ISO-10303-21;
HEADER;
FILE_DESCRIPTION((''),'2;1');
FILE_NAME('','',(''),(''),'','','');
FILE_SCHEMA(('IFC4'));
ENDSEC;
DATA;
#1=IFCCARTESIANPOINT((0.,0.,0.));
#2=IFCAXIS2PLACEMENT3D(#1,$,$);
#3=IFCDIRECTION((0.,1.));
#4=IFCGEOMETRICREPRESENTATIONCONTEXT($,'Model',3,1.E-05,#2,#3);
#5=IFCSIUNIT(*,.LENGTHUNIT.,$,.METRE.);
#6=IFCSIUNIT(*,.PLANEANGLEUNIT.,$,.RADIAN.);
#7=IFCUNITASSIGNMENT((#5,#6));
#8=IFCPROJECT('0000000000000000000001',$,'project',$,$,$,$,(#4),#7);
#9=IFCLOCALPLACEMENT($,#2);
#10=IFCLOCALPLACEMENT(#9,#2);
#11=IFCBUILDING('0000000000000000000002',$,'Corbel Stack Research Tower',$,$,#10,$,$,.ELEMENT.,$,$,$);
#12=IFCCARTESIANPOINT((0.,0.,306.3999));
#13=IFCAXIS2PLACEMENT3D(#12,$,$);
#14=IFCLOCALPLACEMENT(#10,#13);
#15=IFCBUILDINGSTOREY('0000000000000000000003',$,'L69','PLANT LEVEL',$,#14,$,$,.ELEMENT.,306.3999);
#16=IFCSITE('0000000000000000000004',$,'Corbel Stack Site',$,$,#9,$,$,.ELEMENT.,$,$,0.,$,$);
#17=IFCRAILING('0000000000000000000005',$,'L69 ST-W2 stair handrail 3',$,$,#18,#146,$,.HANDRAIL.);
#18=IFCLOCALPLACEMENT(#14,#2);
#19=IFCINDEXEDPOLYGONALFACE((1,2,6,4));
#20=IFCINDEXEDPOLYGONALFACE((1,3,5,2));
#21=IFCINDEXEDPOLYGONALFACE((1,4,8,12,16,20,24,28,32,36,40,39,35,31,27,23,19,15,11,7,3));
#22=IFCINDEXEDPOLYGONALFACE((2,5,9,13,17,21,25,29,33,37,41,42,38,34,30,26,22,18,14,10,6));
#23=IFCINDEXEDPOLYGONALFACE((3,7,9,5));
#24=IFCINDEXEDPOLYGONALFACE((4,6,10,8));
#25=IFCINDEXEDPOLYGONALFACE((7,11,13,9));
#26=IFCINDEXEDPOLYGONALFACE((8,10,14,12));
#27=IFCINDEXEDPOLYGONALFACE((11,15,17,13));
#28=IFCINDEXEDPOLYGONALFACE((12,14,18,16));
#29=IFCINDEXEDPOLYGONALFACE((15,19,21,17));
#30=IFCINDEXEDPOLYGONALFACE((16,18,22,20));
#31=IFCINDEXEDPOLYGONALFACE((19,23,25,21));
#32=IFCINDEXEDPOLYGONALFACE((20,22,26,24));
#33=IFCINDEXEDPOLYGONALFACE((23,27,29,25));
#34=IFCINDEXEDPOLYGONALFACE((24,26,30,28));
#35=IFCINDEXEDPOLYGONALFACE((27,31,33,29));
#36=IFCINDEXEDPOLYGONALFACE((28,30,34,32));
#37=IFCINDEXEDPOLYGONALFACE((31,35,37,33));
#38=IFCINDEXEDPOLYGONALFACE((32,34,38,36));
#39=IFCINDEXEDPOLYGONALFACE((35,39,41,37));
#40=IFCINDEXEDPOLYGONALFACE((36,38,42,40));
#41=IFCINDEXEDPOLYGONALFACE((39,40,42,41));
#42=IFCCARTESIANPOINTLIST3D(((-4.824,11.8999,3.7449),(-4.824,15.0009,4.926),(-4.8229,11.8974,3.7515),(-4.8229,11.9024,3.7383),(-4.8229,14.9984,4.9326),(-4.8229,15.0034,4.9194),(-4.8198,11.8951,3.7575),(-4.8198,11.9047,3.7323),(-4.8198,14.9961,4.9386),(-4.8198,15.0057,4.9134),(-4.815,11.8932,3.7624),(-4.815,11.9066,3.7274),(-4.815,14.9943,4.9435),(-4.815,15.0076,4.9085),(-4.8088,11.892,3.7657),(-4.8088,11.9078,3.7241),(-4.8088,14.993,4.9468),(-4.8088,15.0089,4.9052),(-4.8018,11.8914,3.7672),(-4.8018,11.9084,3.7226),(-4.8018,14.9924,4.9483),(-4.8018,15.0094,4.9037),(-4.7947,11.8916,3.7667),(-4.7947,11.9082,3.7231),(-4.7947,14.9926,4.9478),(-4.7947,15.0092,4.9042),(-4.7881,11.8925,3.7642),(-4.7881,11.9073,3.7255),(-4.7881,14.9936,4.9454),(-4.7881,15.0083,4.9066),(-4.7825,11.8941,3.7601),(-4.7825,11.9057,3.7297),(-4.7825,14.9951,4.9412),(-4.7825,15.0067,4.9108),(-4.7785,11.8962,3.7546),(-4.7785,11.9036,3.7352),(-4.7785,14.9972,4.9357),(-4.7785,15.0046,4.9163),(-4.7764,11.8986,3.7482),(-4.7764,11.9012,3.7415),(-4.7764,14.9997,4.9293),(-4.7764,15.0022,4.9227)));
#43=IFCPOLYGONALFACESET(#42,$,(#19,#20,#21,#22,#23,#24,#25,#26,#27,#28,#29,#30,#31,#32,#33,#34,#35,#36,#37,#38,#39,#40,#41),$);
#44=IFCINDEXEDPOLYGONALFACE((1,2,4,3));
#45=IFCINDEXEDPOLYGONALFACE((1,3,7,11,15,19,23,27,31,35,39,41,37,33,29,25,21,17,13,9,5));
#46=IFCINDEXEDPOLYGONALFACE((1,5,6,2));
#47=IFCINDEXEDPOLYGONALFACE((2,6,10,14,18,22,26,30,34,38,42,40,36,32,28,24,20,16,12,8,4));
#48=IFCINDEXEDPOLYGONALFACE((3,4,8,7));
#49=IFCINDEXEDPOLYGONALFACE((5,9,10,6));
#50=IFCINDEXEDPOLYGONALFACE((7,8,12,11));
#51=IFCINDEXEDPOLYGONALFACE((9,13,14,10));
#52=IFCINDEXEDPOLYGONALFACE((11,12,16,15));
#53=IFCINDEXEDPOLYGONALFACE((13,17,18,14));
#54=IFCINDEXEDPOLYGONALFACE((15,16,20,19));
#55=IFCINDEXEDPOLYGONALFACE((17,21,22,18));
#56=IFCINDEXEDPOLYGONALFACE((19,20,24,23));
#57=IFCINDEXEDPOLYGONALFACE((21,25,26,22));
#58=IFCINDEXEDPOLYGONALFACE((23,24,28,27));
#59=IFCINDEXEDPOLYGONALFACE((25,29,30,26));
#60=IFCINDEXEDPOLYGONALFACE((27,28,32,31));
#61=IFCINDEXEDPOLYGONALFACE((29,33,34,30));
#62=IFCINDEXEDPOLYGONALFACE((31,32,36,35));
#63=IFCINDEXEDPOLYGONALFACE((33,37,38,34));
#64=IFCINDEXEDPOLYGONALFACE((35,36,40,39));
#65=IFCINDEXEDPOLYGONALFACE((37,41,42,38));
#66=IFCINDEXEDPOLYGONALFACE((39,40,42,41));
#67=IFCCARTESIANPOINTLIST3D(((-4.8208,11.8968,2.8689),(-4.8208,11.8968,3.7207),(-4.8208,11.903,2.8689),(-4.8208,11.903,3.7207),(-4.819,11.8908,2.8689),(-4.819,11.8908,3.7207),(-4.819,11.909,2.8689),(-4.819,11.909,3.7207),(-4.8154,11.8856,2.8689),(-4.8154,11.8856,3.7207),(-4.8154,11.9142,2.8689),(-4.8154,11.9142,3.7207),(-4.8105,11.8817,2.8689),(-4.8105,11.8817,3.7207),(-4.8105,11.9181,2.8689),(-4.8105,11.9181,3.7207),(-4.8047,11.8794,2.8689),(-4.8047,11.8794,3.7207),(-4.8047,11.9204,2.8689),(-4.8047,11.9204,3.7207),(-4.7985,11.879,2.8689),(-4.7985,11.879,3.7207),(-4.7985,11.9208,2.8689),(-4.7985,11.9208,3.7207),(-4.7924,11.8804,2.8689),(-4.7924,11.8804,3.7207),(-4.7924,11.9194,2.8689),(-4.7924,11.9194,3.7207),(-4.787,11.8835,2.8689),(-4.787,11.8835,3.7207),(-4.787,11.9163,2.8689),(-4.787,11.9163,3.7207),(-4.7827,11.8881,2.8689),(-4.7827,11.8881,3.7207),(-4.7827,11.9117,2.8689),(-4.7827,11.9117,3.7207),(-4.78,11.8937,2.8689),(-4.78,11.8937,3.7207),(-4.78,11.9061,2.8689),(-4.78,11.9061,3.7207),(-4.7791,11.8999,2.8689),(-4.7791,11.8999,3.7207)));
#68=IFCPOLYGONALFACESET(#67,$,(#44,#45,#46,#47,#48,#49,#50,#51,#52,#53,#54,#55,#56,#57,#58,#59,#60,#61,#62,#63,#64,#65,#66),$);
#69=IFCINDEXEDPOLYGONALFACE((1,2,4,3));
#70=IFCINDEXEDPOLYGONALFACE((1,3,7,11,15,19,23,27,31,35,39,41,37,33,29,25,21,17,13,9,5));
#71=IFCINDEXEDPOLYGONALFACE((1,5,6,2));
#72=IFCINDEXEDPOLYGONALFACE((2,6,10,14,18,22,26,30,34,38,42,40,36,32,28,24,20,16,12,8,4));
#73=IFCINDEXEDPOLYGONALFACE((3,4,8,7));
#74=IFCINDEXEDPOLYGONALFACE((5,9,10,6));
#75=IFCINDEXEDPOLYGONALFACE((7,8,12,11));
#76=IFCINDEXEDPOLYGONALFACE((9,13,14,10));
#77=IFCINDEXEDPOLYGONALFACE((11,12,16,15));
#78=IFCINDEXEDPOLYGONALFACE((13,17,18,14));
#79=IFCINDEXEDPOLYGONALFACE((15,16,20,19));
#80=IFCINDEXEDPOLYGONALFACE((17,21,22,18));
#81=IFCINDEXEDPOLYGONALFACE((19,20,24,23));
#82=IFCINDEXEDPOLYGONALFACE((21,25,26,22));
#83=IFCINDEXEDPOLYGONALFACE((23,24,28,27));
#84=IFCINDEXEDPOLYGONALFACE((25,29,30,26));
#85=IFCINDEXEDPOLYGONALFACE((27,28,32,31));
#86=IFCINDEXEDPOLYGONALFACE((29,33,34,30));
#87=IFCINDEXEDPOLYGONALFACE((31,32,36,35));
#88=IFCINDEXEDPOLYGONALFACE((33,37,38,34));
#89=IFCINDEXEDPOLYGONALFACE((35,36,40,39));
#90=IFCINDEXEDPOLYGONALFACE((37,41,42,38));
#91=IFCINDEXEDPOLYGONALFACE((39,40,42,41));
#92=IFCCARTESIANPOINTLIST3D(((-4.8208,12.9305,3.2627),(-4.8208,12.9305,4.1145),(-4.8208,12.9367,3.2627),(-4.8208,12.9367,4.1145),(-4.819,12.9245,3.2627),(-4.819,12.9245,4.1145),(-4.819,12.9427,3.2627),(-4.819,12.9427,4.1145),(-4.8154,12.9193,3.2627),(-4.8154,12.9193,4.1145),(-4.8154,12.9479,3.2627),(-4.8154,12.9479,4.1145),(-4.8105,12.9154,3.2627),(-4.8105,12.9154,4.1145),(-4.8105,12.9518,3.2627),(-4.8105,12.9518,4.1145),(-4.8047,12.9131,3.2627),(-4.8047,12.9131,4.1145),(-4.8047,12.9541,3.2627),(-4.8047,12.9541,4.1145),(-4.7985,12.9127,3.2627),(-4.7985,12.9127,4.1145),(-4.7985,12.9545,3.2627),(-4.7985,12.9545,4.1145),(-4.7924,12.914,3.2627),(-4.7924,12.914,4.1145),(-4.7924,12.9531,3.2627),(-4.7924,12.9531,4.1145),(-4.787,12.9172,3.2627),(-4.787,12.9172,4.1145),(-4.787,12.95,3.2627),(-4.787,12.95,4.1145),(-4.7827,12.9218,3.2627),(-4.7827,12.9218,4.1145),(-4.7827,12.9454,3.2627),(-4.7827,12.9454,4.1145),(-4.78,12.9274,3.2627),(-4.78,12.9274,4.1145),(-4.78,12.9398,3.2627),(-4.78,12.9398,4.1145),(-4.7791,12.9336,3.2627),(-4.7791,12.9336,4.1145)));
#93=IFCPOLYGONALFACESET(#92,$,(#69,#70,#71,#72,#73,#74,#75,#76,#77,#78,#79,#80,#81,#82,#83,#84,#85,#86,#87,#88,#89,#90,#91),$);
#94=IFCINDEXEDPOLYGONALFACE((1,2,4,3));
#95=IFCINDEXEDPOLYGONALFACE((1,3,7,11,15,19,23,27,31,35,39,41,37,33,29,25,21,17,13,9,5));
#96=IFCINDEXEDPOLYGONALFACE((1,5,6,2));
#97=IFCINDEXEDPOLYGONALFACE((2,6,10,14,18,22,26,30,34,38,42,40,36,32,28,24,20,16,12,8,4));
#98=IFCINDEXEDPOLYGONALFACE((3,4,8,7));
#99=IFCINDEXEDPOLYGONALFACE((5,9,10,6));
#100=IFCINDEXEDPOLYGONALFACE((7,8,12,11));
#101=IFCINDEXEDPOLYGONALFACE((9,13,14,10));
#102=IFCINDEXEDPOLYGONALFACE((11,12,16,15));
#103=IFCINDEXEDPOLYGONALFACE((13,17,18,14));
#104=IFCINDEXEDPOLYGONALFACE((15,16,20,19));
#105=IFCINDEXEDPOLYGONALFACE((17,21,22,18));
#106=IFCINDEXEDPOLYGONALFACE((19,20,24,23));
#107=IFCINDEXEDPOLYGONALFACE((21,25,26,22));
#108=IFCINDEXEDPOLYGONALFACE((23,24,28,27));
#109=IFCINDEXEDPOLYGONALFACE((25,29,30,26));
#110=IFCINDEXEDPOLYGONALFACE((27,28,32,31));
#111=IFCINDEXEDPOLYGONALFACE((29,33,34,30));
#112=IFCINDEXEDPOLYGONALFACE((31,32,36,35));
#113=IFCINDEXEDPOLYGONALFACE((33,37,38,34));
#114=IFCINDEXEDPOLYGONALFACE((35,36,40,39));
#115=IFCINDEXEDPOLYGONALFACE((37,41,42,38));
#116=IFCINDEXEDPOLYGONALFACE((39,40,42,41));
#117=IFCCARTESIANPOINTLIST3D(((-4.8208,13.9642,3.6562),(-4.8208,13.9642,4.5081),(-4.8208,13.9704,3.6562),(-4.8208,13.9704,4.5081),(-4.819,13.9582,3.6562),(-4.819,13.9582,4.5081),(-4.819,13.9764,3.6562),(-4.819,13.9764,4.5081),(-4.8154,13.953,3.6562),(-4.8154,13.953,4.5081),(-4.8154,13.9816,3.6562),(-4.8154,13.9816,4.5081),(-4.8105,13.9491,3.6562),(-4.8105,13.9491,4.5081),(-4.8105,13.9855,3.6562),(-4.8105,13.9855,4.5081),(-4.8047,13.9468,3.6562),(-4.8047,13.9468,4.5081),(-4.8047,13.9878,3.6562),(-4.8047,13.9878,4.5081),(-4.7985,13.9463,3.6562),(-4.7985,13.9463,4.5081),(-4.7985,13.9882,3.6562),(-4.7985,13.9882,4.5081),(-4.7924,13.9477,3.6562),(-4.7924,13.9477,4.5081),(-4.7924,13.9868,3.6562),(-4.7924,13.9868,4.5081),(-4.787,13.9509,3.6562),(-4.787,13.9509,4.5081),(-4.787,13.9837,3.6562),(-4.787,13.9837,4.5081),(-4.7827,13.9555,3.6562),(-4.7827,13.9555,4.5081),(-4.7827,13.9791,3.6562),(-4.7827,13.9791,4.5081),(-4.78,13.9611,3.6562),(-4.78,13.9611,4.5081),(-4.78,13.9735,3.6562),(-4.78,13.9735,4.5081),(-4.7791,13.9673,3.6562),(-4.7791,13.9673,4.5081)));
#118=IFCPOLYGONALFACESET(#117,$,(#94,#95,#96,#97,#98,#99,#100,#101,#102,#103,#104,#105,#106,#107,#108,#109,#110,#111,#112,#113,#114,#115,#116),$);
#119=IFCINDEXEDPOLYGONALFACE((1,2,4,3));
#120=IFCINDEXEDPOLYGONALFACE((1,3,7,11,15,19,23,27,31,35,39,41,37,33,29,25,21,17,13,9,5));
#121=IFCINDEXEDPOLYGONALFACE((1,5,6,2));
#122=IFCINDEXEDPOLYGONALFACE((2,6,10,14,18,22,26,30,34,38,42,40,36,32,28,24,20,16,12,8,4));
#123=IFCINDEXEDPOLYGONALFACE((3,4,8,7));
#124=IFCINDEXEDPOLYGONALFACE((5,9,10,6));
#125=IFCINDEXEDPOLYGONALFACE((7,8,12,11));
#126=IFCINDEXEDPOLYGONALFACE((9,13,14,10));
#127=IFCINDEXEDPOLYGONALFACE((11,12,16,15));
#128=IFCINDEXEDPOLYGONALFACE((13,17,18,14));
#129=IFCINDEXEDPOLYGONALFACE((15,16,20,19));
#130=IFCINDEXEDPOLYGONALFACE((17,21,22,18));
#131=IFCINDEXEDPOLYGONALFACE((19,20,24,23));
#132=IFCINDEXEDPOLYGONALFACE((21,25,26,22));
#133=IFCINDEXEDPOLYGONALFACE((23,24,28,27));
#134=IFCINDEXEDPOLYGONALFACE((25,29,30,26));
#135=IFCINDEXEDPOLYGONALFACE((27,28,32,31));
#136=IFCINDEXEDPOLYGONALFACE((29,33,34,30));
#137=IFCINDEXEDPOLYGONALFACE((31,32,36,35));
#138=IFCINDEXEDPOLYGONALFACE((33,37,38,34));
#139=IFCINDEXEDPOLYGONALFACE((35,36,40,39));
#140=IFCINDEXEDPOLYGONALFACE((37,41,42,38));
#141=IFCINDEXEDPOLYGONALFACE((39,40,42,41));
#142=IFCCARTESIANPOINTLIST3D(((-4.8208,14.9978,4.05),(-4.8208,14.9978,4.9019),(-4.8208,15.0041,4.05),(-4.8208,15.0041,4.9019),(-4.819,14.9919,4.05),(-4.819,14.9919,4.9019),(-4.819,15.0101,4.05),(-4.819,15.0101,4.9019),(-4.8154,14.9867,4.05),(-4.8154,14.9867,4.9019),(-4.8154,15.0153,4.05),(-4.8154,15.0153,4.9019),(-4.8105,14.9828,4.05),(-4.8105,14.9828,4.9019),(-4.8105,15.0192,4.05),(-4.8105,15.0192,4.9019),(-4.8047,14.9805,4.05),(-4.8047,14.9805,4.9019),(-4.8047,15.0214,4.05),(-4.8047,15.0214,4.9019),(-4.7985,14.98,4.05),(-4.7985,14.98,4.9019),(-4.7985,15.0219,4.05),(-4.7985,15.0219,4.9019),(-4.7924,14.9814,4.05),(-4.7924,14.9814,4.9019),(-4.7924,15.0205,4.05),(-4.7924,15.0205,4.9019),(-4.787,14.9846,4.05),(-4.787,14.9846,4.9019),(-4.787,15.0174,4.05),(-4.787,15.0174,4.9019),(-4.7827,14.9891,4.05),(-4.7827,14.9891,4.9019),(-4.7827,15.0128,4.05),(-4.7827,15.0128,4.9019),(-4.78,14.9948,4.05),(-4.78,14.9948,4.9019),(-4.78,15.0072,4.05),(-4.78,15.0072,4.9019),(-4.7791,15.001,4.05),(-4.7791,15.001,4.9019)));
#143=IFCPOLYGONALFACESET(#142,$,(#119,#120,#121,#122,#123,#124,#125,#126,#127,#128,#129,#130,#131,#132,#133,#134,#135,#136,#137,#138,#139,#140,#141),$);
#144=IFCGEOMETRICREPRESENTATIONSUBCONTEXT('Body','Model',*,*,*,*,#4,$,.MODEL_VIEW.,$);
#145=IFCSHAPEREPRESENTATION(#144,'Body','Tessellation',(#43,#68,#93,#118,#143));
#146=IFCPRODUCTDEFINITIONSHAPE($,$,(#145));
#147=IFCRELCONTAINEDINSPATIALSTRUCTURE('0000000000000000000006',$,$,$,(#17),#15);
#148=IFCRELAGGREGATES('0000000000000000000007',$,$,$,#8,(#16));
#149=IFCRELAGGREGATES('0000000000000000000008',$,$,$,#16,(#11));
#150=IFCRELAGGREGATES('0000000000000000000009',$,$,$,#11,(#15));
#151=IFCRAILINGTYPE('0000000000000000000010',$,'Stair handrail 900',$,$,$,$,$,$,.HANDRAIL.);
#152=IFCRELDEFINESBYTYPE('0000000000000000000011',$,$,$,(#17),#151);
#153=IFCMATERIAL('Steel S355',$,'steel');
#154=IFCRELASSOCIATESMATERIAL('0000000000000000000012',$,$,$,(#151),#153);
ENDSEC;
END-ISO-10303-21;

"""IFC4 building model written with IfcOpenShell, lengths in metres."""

from ifc_helpers import new_model, si_unit, direction, frame, origin, origin_2d, place, context, subcontext, project, spatial, circle, extrude, material, type_object, element, save


model = new_model("IFC4")

# Units and contexts
model_context = context("Model", 3, precision=1e-05, world=origin(), true_north=direction((0.0, 1.0)))
body_context = subcontext(model_context, "Body", "Model", "MODEL_VIEW")
ifc_project = project(units=[si_unit("LENGTHUNIT", "METRE"), si_unit("PLANEANGLEUNIT", "RADIAN")], contexts=[model_context])

# Site, building, storey
site_placement = place(None, origin())
site = spatial("IfcSite", under=ifc_project, at=site_placement, Name="Corbel Stack Site", CompositionType="ELEMENT", RefElevation=0.0)
building_placement = place(site_placement, origin())
building = spatial("IfcBuilding", under=site, at=building_placement, Name="Corbel Stack Research Tower", CompositionType="ELEMENT")
storey_placement = place(building_placement, frame((0.0, 0.0, 306.3999)))
storey = spatial("IfcBuildingStorey", under=building, at=storey_placement, Name="L69", Description="PLANT LEVEL", CompositionType="ELEMENT", Elevation=306.3999)

# Railing
ifc_material_1 = material(Name="Steel S355", Category="steel")
railing_type_1 = type_object("IfcRailingType", Name="Stair handrail 900", PredefinedType="HANDRAIL", material=ifc_material_1)
for number, where, name in (
    (1, (-4.8, 11.8999, 2.8689), "L69 ST-W2 stair handrail 3"),
):
    element("IfcRailing", number, at=place(storey_placement, frame(where)), inside=storey, type_object=railing_type_1, Name=name, PredefinedType="HANDRAIL", context=body_context, shape_type="SweptSolid", body=[
        extrude(circle(Radius=0.0239, at=origin_2d()), frame((0.0, 0.0, 0.876), z_axis=(0.0, 0.934509, 0.35594), x_axis=(-1.0, 0.0, 0.0)), (0.0, 0.0, 1.0), 3.3184),
        extrude(circle(Radius=0.021, at=origin_2d()), origin(), (0.0, 0.0, 1.0), 0.8518),
        extrude(circle(Radius=0.021, at=origin_2d()), frame((0.0, 1.0337, 0.3938)), (0.0, 0.0, 1.0), 0.8518),
        extrude(circle(Radius=0.021, at=origin_2d()), frame((0.0, 2.0674, 0.7874)), (0.0, 0.0, 1.0), 0.8518),
        extrude(circle(Radius=0.021, at=origin_2d()), frame((0.0, 3.1011, 1.1812)), (0.0, 0.0, 1.0), 0.8518),
    ])

save(model, "model.ifc")
